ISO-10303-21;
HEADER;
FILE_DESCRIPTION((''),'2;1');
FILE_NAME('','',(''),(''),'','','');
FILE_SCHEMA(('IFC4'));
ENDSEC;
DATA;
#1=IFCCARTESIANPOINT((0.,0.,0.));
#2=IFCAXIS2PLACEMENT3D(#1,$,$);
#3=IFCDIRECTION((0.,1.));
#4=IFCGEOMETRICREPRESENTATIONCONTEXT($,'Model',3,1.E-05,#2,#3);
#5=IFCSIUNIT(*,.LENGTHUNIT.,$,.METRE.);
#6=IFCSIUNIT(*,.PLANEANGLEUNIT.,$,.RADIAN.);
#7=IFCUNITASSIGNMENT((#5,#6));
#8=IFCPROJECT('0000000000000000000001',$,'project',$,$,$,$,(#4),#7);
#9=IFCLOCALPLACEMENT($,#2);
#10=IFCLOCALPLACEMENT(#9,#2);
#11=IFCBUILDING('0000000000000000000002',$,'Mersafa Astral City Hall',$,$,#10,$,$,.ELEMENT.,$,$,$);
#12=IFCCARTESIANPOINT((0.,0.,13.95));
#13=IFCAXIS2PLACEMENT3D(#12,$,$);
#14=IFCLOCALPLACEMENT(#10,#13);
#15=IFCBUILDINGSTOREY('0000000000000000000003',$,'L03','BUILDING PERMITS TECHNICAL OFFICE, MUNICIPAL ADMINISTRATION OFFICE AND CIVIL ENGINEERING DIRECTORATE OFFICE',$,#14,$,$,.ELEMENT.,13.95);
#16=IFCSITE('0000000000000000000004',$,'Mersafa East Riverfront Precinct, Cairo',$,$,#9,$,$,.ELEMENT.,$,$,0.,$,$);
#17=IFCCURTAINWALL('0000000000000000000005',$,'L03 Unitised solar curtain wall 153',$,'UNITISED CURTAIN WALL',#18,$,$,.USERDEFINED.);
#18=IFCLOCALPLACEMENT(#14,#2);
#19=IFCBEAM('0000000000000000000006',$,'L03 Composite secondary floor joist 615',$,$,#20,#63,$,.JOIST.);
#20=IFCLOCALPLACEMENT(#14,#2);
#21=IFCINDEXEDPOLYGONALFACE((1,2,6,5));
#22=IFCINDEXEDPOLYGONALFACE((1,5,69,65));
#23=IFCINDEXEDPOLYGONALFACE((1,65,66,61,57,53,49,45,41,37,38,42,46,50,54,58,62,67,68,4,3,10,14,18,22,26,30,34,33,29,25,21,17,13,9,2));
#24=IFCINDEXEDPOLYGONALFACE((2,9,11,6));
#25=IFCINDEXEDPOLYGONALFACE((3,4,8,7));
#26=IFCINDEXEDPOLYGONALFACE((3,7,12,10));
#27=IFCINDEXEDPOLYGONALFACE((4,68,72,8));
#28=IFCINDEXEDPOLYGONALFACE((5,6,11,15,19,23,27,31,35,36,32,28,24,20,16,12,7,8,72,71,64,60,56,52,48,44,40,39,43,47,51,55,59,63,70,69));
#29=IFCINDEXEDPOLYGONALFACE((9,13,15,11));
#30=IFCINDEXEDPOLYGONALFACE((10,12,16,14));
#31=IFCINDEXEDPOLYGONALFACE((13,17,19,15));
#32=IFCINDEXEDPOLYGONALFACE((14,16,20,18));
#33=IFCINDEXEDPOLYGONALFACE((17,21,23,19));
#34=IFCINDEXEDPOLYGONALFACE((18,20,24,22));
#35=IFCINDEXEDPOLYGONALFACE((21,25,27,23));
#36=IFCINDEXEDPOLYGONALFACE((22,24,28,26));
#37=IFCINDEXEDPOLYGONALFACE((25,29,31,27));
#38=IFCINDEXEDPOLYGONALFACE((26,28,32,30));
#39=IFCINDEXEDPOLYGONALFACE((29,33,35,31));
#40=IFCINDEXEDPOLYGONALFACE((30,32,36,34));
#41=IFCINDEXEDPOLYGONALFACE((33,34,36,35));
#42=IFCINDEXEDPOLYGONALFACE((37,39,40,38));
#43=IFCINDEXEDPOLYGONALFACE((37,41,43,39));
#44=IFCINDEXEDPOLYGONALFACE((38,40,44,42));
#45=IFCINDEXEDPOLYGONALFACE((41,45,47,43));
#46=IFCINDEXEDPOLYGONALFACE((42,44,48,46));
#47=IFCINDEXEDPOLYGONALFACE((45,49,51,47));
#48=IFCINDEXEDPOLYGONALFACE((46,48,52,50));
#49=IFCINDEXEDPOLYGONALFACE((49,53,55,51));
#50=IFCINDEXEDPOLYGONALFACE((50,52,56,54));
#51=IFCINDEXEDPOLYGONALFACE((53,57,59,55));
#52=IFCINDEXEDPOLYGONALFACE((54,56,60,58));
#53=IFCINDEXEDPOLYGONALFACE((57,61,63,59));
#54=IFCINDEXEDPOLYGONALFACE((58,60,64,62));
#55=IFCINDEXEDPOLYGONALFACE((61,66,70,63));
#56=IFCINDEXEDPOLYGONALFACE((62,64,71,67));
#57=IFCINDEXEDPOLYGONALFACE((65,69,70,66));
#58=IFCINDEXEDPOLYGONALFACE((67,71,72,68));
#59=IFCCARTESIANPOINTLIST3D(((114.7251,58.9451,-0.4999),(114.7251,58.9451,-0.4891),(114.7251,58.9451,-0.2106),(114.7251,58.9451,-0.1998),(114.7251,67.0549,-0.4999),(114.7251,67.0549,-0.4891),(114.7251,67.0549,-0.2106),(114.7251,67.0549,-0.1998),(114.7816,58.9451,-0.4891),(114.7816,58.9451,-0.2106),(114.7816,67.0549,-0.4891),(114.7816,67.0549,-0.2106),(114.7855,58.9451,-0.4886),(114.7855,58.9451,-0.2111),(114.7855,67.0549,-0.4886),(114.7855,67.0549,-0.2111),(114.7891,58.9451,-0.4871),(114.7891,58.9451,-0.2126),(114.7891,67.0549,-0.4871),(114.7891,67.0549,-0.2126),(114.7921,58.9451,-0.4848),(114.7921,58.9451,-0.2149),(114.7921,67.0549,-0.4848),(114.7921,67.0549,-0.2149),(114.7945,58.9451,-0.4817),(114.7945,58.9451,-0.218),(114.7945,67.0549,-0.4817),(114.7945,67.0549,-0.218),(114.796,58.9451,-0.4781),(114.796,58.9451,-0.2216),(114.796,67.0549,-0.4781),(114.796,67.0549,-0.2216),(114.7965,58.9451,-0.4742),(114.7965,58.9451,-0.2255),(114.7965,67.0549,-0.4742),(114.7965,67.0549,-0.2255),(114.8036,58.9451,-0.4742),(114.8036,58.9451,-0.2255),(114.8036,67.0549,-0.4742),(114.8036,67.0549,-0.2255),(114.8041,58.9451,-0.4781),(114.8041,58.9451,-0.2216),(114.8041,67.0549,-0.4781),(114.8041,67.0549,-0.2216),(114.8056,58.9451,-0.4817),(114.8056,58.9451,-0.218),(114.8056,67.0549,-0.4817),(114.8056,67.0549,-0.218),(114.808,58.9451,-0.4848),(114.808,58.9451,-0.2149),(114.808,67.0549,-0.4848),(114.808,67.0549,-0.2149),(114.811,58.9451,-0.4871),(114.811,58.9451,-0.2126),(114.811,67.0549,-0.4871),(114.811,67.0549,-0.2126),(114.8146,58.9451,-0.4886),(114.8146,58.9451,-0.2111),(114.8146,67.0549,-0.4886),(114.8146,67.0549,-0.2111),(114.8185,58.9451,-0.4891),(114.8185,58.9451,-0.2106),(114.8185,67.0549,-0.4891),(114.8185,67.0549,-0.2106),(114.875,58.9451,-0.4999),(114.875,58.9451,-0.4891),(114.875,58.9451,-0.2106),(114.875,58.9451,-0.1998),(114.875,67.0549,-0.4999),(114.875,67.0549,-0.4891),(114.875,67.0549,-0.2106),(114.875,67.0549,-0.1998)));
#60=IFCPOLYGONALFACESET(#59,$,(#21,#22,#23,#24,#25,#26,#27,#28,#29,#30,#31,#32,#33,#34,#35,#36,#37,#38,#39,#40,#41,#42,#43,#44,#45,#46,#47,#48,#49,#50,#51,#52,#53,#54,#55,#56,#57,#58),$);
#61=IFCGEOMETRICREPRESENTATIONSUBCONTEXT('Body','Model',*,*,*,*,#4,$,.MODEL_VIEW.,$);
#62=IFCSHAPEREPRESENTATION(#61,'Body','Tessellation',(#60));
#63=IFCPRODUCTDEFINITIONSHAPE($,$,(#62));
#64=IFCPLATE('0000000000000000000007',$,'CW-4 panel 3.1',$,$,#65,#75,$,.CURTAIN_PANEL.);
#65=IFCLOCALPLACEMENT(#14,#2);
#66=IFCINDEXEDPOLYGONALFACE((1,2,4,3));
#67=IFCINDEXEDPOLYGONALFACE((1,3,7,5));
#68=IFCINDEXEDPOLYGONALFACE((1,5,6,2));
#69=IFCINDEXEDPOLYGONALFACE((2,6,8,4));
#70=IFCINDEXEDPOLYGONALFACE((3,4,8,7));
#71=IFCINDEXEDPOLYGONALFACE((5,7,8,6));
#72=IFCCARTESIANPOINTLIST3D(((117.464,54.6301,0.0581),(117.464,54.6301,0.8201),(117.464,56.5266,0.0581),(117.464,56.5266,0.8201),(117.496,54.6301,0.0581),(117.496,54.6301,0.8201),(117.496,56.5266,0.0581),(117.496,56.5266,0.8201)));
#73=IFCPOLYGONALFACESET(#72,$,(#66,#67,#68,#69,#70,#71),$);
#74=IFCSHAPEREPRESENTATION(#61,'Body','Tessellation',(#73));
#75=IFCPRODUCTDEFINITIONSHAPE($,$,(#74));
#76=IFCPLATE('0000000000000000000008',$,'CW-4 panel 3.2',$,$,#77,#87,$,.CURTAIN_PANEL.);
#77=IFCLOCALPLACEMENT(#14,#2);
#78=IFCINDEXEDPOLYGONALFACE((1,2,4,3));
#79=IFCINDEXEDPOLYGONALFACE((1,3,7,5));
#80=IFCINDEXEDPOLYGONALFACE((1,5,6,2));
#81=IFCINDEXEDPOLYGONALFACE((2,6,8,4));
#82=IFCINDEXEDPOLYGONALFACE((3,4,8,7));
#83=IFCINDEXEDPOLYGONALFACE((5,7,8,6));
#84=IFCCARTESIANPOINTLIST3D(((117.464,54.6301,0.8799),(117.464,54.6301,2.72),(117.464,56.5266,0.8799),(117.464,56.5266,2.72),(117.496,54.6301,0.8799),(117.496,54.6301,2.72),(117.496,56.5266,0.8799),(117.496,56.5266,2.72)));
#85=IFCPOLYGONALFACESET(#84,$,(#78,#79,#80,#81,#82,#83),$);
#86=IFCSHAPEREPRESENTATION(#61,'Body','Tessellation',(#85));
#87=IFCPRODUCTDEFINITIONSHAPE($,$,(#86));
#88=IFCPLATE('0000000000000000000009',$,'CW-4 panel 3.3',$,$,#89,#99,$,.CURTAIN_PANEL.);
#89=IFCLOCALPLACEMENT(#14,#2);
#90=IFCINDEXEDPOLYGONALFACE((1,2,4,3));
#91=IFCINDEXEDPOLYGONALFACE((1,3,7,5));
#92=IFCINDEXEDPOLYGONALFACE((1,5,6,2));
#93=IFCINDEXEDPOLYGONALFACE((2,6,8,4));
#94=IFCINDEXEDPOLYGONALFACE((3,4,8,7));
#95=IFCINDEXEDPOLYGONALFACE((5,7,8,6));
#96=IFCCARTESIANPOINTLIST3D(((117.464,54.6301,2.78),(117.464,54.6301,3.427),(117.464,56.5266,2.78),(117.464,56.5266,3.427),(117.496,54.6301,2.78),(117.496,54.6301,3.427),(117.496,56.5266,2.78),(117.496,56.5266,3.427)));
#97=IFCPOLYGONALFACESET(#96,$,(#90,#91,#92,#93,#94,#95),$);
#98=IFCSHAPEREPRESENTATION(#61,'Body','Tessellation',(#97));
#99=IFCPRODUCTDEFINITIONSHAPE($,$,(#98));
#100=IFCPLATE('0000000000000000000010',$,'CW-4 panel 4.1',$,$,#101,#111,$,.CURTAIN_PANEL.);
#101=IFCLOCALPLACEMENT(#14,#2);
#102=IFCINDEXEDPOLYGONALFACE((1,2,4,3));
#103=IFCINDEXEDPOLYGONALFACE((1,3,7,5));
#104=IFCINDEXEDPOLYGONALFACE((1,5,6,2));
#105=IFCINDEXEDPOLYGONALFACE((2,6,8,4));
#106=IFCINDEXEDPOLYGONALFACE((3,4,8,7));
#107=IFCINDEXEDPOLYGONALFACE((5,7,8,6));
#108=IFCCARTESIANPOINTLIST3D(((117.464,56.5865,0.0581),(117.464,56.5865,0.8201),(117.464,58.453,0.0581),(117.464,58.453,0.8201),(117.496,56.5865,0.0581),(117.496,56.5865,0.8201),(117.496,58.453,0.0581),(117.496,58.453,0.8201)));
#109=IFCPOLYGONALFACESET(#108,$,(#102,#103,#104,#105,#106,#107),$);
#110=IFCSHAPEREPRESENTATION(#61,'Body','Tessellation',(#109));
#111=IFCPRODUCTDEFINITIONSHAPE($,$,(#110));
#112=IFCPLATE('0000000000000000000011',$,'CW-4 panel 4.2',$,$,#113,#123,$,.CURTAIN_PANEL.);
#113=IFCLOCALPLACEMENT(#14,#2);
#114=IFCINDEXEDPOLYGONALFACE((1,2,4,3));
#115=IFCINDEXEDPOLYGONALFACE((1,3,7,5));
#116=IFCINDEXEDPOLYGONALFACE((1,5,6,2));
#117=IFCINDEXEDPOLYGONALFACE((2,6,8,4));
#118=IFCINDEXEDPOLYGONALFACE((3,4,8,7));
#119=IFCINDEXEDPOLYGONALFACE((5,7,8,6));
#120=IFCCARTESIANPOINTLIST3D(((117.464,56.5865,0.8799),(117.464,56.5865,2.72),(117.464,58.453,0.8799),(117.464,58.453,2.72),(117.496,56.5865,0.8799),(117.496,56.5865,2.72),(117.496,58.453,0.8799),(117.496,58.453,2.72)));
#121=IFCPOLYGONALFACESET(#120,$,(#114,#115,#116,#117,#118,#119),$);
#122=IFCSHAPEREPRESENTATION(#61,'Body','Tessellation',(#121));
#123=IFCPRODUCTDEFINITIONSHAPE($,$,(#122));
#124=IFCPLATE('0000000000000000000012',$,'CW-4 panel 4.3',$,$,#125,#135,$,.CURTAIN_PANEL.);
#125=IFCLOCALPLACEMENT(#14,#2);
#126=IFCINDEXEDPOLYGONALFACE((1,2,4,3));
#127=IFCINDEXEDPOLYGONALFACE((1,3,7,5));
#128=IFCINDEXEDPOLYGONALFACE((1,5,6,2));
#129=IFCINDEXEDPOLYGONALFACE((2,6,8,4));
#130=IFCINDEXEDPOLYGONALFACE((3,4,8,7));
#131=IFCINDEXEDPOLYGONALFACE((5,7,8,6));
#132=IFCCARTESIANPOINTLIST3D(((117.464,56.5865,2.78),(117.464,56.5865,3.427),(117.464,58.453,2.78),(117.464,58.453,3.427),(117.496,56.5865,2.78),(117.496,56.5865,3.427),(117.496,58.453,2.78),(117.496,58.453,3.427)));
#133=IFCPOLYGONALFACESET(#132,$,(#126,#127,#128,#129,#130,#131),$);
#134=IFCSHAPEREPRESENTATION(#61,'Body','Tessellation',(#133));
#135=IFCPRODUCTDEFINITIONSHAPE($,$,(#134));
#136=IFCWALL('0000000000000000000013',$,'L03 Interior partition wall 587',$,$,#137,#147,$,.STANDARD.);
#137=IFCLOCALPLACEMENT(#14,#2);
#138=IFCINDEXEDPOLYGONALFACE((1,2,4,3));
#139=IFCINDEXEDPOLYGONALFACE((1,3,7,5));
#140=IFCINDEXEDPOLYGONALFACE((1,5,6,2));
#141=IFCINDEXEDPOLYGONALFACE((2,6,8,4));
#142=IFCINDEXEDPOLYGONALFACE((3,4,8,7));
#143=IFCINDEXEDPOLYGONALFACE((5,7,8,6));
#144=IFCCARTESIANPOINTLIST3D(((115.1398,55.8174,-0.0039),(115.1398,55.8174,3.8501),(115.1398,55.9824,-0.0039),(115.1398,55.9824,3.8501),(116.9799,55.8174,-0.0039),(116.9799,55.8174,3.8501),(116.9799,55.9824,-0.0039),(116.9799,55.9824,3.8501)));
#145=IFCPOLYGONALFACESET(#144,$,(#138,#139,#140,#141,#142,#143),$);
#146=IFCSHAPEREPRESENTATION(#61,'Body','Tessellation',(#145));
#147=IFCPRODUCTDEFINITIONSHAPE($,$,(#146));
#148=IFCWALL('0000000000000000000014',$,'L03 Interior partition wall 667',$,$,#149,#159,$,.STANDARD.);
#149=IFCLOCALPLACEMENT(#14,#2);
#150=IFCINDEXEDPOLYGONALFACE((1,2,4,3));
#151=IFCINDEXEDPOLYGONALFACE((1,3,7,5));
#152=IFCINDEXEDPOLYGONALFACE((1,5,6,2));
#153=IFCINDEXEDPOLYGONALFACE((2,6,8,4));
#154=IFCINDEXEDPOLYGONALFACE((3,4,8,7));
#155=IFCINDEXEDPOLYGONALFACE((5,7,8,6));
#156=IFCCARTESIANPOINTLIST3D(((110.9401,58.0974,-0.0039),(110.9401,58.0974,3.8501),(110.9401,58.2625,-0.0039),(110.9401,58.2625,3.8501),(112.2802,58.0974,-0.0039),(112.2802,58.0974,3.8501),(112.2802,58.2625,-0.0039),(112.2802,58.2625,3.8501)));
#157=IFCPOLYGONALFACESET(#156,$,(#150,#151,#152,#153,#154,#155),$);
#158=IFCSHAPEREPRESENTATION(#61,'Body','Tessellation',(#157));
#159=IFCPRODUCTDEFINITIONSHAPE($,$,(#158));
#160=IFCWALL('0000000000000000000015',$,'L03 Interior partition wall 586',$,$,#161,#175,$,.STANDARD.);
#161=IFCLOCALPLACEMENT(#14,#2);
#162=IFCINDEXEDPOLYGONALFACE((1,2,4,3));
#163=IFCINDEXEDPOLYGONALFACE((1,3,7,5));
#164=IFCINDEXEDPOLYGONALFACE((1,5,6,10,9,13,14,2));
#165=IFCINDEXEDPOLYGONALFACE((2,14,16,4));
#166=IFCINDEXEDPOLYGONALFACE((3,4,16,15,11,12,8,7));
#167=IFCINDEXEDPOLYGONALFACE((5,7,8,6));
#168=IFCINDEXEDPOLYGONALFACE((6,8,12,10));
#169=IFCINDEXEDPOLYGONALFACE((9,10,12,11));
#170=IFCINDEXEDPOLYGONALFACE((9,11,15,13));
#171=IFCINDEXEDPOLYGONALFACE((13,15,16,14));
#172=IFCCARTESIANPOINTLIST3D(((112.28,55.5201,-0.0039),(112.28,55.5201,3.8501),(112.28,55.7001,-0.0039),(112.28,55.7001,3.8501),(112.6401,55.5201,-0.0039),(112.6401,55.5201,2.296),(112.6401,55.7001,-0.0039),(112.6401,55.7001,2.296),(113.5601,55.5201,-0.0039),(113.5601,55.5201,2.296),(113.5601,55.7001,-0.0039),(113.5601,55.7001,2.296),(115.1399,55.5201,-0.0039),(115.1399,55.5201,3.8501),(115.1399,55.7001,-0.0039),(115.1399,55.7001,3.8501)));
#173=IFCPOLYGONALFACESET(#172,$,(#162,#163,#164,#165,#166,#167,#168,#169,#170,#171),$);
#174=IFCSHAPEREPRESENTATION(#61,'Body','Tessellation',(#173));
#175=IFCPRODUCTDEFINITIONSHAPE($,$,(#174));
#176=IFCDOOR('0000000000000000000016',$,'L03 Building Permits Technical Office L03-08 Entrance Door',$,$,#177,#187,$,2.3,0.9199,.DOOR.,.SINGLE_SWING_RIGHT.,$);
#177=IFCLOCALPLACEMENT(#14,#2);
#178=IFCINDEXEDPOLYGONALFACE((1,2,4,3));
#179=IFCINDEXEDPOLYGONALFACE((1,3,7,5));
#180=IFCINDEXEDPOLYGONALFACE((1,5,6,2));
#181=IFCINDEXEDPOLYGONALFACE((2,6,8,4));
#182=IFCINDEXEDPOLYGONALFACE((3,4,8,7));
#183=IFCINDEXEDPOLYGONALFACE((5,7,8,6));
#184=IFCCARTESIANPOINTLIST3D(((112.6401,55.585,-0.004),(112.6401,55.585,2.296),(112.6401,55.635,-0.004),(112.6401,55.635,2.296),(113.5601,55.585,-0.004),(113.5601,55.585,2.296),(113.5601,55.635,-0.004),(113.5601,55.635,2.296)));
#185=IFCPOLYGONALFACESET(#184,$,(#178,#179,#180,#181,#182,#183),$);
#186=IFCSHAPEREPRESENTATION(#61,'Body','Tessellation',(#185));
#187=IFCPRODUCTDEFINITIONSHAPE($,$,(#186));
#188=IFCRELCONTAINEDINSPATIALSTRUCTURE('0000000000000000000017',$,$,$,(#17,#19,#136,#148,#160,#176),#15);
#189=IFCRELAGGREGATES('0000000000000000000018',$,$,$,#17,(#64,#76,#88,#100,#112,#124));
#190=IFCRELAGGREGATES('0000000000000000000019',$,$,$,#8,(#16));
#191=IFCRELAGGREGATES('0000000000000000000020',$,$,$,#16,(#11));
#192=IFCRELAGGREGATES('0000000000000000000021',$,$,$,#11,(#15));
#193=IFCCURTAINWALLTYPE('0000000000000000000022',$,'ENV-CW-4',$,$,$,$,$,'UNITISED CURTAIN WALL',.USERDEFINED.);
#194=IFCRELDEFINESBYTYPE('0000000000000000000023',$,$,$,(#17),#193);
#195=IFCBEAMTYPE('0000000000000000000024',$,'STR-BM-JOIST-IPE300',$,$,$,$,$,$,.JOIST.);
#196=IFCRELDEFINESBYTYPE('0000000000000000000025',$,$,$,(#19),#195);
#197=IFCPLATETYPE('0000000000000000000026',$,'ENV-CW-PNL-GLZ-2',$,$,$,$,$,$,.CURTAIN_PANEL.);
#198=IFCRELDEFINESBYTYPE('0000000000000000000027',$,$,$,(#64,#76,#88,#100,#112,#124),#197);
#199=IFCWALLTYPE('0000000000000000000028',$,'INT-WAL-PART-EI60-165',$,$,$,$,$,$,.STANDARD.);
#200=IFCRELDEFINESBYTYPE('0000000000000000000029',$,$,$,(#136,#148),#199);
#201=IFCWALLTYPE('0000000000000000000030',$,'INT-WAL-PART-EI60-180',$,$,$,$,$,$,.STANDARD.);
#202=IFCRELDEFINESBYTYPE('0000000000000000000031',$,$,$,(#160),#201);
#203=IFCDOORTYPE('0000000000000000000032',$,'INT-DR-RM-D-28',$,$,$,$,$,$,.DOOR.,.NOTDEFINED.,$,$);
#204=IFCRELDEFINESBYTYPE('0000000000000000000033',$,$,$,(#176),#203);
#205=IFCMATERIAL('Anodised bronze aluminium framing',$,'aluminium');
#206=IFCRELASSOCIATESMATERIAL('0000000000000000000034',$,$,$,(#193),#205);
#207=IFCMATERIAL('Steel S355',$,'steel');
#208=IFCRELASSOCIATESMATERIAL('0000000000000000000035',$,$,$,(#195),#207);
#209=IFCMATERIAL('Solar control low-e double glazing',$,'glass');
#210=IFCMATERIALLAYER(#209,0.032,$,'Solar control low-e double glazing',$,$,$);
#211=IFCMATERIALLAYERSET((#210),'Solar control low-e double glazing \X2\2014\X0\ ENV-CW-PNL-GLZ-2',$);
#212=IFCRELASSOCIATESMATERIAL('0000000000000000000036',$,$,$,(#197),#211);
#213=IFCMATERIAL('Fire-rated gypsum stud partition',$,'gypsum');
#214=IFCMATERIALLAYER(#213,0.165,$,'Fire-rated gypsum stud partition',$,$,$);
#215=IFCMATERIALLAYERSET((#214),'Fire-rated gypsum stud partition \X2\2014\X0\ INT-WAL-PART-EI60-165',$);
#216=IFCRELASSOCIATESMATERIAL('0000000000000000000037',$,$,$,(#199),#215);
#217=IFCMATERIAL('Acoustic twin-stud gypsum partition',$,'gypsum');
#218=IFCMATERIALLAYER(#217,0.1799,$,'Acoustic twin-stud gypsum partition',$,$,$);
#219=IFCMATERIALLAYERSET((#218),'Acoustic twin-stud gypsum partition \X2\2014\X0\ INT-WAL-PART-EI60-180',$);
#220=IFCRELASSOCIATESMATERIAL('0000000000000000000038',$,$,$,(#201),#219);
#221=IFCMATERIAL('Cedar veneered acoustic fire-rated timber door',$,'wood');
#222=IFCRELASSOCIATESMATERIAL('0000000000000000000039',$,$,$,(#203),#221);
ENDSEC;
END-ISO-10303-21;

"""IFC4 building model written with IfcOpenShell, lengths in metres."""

from ifc_helpers import new_model, si_unit, direction, frame, frame_2d, origin, origin_2d, place, context, subcontext, project, spatial, rectangle, i_section, extrude, material, layer, layer_set, material_profile, profile_set, type_object, element, fill, aggregate, save


model = new_model("IFC4")

# Units and contexts
model_context = context("Model", 3, precision=1e-05, world=origin(), true_north=direction((0.0, 1.0)))
body_context = subcontext(model_context, "Body", "Model", "MODEL_VIEW")
ifc_project = project(units=[si_unit("LENGTHUNIT", "METRE"), si_unit("PLANEANGLEUNIT", "RADIAN")], contexts=[model_context])

# Site, building, storey
site_placement = place(None, origin())
site = spatial("IfcSite", under=ifc_project, at=site_placement, Name="Mersafa East Riverfront Precinct, Cairo", CompositionType="ELEMENT", RefElevation=0.0)
building_placement = place(site_placement, origin())
building = spatial("IfcBuilding", under=site, at=building_placement, Name="Mersafa Astral City Hall", CompositionType="ELEMENT")
storey_placement = place(building_placement, frame((0.0, 0.0, 13.95)))
storey = spatial("IfcBuildingStorey", under=building, at=storey_placement, Name="L03", Description="BUILDING PERMITS TECHNICAL OFFICE, MUNICIPAL ADMINISTRATION OFFICE AND CIVIL ENGINEERING DIRECTORATE OFFICE", CompositionType="ELEMENT", Elevation=13.95)

# Curtain wall
ifc_material_1 = material(Name="Anodised bronze aluminium framing", Category="aluminium")
curtain_wall_type = type_object("IfcCurtainWallType", Name="ENV-CW-4", ElementType="UNITISED CURTAIN WALL", PredefinedType="USERDEFINED", material=ifc_material_1)
curtain_wall_placement = place(storey_placement, origin())
curtain_wall = element("IfcCurtainWall", 1, at=curtain_wall_placement, inside=storey, type_object=curtain_wall_type, Name="L03 Unitised solar curtain wall 153", ObjectType="UNITISED CURTAIN WALL", PredefinedType="USERDEFINED")

# Beam
ifc_material_2 = material(Name="Steel S355", Category="steel")
ifc_material_profile_1 = material_profile(ifc_material_2, i_section(OverallWidth=0.1499, OverallDepth=0.3, WebThickness=0.0071, FlangeThickness=0.0107, FilletRadius=0.0149, at=origin_2d()), Name="IPE 300")
ifc_profile_set_1 = profile_set([ifc_material_profile_1], Name="Steel S355")
beam_type = type_object("IfcBeamType", Name="STR-BM-JOIST-IPE300", PredefinedType="JOIST", material=ifc_profile_set_1)
for number, where, z_axis, x_axis, name in (
    (2, (114.8, 58.9451, -0.3499), (0.0, 1.0, 0.0), (-1.0, 0.0, 0.0), "L03 Composite secondary floor joist 615"),
):
    element("IfcBeam", number, at=place(storey_placement, frame(where, z_axis=z_axis, x_axis=x_axis)), inside=storey, type_object=beam_type, Name=name, PredefinedType="JOIST", context=body_context, shape_type="SweptSolid", body=[
        extrude(i_section(OverallWidth=0.1499, OverallDepth=0.3, WebThickness=0.0071, FlangeThickness=0.0107, FilletRadius=0.0149, at=origin_2d()), origin(), (0.0, 0.0, 1.0), 8.1099),
    ])

# Plates
ifc_material_3 = material(Name="Solar control low-e double glazing", Category="glass")
ifc_layer_1 = layer(ifc_material_3, 0.032, Name="Solar control low-e double glazing")
ifc_layer_set_1 = layer_set([ifc_layer_1], Name="Solar control low-e double glazing — ENV-CW-PNL-GLZ-2")
plate_type = type_object("IfcPlateType", Name="ENV-CW-PNL-GLZ-2", PredefinedType="CURTAIN_PANEL", material=ifc_layer_set_1)
plate_1_placement = place(storey_placement, frame((117.48, 55.5784, 0.0581), z_axis=(0.0, 0.0, 1.0), x_axis=(0.0, 1.0, 0.0)))
plate_1 = element("IfcPlate", 3, at=plate_1_placement, type_object=plate_type, Name="CW-4 panel 3.1", PredefinedType="CURTAIN_PANEL", context=body_context, shape_type="SweptSolid", body=[
    extrude(rectangle(XDim=1.8965, YDim=0.032, at=origin_2d()), origin(), (0.0, 0.0, 1.0), 0.762),
])
plate_2_placement = place(storey_placement, frame((117.48, 55.5784, 0.8799), z_axis=(0.0, 0.0, 1.0), x_axis=(0.0, 1.0, 0.0)))
plate_2 = element("IfcPlate", 4, at=plate_2_placement, type_object=plate_type, Name="CW-4 panel 3.2", PredefinedType="CURTAIN_PANEL", context=body_context, shape_type="SweptSolid", body=[
    extrude(rectangle(XDim=1.8965, YDim=0.032, at=origin_2d()), origin(), (0.0, 0.0, 1.0), 1.8401),
])
plate_3_placement = place(storey_placement, frame((117.48, 55.5784, 2.78), z_axis=(0.0, 0.0, 1.0), x_axis=(0.0, 1.0, 0.0)))
plate_3 = element("IfcPlate", 5, at=plate_3_placement, type_object=plate_type, Name="CW-4 panel 3.3", PredefinedType="CURTAIN_PANEL", context=body_context, shape_type="SweptSolid", body=[
    extrude(rectangle(XDim=1.8965, YDim=0.032, at=origin_2d()), origin(), (0.0, 0.0, 1.0), 0.647),
])
plate_4_placement = place(storey_placement, frame((117.48, 57.5198, 0.0581), z_axis=(0.0, 0.0, 1.0), x_axis=(0.0, 1.0, 0.0)))
plate_4 = element("IfcPlate", 6, at=plate_4_placement, type_object=plate_type, Name="CW-4 panel 4.1", PredefinedType="CURTAIN_PANEL", context=body_context, shape_type="SweptSolid", body=[
    extrude(rectangle(XDim=1.8665, YDim=0.032, at=origin_2d()), origin(), (0.0, 0.0, 1.0), 0.762),
])
plate_5_placement = place(storey_placement, frame((117.48, 57.5198, 0.8799), z_axis=(0.0, 0.0, 1.0), x_axis=(0.0, 1.0, 0.0)))
plate_5 = element("IfcPlate", 7, at=plate_5_placement, type_object=plate_type, Name="CW-4 panel 4.2", PredefinedType="CURTAIN_PANEL", context=body_context, shape_type="SweptSolid", body=[
    extrude(rectangle(XDim=1.8665, YDim=0.032, at=origin_2d()), origin(), (0.0, 0.0, 1.0), 1.8401),
])
plate_6_placement = place(storey_placement, frame((117.48, 57.5198, 2.78), z_axis=(0.0, 0.0, 1.0), x_axis=(0.0, 1.0, 0.0)))
plate_6 = element("IfcPlate", 8, at=plate_6_placement, type_object=plate_type, Name="CW-4 panel 4.3", PredefinedType="CURTAIN_PANEL", context=body_context, shape_type="SweptSolid", body=[
    extrude(rectangle(XDim=1.8665, YDim=0.032, at=origin_2d()), origin(), (0.0, 0.0, 1.0), 0.647),
])
aggregate(curtain_wall, [plate_1, plate_2, plate_3, plate_4, plate_5, plate_6])

# Walls
ifc_material_4 = material(Name="Fire-rated gypsum stud partition", Category="gypsum")
ifc_layer_2 = layer(ifc_material_4, 0.165, Name="Fire-rated gypsum stud partition")
ifc_layer_set_2 = layer_set([ifc_layer_2], Name="Fire-rated gypsum stud partition — INT-WAL-PART-EI60-165")
wall_type_1 = type_object("IfcWallType", Name="INT-WAL-PART-EI60-165", PredefinedType="STANDARD", material=ifc_layer_set_2)
wall_1_placement = place(storey_placement, frame((115.1399, 55.8999, -0.0039), z_axis=(0.0, 0.0, 1.0), x_axis=(1.0, 0.0, 0.0)))
element("IfcWall", 9, at=wall_1_placement, inside=storey, type_object=wall_type_1, Name="L03 Interior partition wall 587", PredefinedType="STANDARD", context=body_context, shape_type="SweptSolid", body=[
    extrude(rectangle(XDim=1.8401, YDim=0.165, at=frame_2d((0.9199, 0.0))), origin(), (0.0, 0.0, 1.0), 3.854),
])
wall_2_placement = place(storey_placement, frame((112.28, 58.1799, -0.0039), z_axis=(0.0, 0.0, 1.0), x_axis=(-1.0, 0.0, 0.0)))
element("IfcWall", 10, at=wall_2_placement, inside=storey, type_object=wall_type_1, Name="L03 Interior partition wall 667", PredefinedType="STANDARD", context=body_context, shape_type="SweptSolid", body=[
    extrude(rectangle(XDim=1.3401, YDim=0.165, at=frame_2d((0.6699, 0.0))), origin(), (0.0, 0.0, 1.0), 3.854),
])

# Wall, opening, door
ifc_material_5 = material(Name="Acoustic twin-stud gypsum partition", Category="gypsum")
ifc_layer_3 = layer(ifc_material_5, 0.1799, Name="Acoustic twin-stud gypsum partition")
ifc_layer_set_3 = layer_set([ifc_layer_3], Name="Acoustic twin-stud gypsum partition — INT-WAL-PART-EI60-180")
wall_type_2 = type_object("IfcWallType", Name="INT-WAL-PART-EI60-180", PredefinedType="STANDARD", material=ifc_layer_set_3)
wall_3_placement = place(storey_placement, frame((112.28, 55.6101, -0.0039), z_axis=(0.0, 0.0, 1.0), x_axis=(1.0, 0.0, 0.0)))
wall_3 = element("IfcWall", 11, at=wall_3_placement, inside=storey, type_object=wall_type_2, Name="L03 Interior partition wall 586", PredefinedType="STANDARD", context=body_context, shape_type="SweptSolid", body=[
    extrude(rectangle(XDim=2.8599, YDim=0.1799, at=frame_2d((1.4299, 0.0))), origin(), (0.0, 0.0, 1.0), 3.854),
])
opening_placement = place(wall_3_placement, frame((0.3601, 0.0, 0.0)))
opening = element("IfcOpeningElement", 12, at=opening_placement, cuts=wall_3, PredefinedType="OPENING", context=body_context, shape_type="SweptSolid", body=[
    extrude(rectangle(XDim=0.9199, YDim=2.3, at=frame_2d((0.46, 1.1499))), frame((0.0, 0.0999, 0.0), z_axis=(0.0, -1.0, 0.0), x_axis=(1.0, 0.0, 0.0)), (0.0, 0.0, 1.0), 0.2),
])
ifc_material_6 = material(Name="Cedar veneered acoustic fire-rated timber door", Category="wood")
door_type = type_object("IfcDoorType", Name="INT-DR-RM-D-28", OperationType="NOTDEFINED", PredefinedType="DOOR", material=ifc_material_6)
door_placement = place(opening_placement, origin())
door = element("IfcDoor", 13, at=door_placement, inside=storey, type_object=door_type, Name="L03 Building Permits Technical Office L03-08 Entrance Door", OperationType="SINGLE_SWING_RIGHT", OverallHeight=2.3, OverallWidth=0.9199, PredefinedType="DOOR", context=body_context, shape_type="SweptSolid", body=[
    extrude(rectangle(XDim=0.9199, YDim=2.3, at=frame_2d((0.46, 1.1499))), frame((0.0, 0.0249, 0.0), z_axis=(0.0, -1.0, 0.0), x_axis=(1.0, 0.0, 0.0)), (0.0, 0.0, 1.0), 0.05),
])
fill(opening, door)

save(model, "model.ifc")
